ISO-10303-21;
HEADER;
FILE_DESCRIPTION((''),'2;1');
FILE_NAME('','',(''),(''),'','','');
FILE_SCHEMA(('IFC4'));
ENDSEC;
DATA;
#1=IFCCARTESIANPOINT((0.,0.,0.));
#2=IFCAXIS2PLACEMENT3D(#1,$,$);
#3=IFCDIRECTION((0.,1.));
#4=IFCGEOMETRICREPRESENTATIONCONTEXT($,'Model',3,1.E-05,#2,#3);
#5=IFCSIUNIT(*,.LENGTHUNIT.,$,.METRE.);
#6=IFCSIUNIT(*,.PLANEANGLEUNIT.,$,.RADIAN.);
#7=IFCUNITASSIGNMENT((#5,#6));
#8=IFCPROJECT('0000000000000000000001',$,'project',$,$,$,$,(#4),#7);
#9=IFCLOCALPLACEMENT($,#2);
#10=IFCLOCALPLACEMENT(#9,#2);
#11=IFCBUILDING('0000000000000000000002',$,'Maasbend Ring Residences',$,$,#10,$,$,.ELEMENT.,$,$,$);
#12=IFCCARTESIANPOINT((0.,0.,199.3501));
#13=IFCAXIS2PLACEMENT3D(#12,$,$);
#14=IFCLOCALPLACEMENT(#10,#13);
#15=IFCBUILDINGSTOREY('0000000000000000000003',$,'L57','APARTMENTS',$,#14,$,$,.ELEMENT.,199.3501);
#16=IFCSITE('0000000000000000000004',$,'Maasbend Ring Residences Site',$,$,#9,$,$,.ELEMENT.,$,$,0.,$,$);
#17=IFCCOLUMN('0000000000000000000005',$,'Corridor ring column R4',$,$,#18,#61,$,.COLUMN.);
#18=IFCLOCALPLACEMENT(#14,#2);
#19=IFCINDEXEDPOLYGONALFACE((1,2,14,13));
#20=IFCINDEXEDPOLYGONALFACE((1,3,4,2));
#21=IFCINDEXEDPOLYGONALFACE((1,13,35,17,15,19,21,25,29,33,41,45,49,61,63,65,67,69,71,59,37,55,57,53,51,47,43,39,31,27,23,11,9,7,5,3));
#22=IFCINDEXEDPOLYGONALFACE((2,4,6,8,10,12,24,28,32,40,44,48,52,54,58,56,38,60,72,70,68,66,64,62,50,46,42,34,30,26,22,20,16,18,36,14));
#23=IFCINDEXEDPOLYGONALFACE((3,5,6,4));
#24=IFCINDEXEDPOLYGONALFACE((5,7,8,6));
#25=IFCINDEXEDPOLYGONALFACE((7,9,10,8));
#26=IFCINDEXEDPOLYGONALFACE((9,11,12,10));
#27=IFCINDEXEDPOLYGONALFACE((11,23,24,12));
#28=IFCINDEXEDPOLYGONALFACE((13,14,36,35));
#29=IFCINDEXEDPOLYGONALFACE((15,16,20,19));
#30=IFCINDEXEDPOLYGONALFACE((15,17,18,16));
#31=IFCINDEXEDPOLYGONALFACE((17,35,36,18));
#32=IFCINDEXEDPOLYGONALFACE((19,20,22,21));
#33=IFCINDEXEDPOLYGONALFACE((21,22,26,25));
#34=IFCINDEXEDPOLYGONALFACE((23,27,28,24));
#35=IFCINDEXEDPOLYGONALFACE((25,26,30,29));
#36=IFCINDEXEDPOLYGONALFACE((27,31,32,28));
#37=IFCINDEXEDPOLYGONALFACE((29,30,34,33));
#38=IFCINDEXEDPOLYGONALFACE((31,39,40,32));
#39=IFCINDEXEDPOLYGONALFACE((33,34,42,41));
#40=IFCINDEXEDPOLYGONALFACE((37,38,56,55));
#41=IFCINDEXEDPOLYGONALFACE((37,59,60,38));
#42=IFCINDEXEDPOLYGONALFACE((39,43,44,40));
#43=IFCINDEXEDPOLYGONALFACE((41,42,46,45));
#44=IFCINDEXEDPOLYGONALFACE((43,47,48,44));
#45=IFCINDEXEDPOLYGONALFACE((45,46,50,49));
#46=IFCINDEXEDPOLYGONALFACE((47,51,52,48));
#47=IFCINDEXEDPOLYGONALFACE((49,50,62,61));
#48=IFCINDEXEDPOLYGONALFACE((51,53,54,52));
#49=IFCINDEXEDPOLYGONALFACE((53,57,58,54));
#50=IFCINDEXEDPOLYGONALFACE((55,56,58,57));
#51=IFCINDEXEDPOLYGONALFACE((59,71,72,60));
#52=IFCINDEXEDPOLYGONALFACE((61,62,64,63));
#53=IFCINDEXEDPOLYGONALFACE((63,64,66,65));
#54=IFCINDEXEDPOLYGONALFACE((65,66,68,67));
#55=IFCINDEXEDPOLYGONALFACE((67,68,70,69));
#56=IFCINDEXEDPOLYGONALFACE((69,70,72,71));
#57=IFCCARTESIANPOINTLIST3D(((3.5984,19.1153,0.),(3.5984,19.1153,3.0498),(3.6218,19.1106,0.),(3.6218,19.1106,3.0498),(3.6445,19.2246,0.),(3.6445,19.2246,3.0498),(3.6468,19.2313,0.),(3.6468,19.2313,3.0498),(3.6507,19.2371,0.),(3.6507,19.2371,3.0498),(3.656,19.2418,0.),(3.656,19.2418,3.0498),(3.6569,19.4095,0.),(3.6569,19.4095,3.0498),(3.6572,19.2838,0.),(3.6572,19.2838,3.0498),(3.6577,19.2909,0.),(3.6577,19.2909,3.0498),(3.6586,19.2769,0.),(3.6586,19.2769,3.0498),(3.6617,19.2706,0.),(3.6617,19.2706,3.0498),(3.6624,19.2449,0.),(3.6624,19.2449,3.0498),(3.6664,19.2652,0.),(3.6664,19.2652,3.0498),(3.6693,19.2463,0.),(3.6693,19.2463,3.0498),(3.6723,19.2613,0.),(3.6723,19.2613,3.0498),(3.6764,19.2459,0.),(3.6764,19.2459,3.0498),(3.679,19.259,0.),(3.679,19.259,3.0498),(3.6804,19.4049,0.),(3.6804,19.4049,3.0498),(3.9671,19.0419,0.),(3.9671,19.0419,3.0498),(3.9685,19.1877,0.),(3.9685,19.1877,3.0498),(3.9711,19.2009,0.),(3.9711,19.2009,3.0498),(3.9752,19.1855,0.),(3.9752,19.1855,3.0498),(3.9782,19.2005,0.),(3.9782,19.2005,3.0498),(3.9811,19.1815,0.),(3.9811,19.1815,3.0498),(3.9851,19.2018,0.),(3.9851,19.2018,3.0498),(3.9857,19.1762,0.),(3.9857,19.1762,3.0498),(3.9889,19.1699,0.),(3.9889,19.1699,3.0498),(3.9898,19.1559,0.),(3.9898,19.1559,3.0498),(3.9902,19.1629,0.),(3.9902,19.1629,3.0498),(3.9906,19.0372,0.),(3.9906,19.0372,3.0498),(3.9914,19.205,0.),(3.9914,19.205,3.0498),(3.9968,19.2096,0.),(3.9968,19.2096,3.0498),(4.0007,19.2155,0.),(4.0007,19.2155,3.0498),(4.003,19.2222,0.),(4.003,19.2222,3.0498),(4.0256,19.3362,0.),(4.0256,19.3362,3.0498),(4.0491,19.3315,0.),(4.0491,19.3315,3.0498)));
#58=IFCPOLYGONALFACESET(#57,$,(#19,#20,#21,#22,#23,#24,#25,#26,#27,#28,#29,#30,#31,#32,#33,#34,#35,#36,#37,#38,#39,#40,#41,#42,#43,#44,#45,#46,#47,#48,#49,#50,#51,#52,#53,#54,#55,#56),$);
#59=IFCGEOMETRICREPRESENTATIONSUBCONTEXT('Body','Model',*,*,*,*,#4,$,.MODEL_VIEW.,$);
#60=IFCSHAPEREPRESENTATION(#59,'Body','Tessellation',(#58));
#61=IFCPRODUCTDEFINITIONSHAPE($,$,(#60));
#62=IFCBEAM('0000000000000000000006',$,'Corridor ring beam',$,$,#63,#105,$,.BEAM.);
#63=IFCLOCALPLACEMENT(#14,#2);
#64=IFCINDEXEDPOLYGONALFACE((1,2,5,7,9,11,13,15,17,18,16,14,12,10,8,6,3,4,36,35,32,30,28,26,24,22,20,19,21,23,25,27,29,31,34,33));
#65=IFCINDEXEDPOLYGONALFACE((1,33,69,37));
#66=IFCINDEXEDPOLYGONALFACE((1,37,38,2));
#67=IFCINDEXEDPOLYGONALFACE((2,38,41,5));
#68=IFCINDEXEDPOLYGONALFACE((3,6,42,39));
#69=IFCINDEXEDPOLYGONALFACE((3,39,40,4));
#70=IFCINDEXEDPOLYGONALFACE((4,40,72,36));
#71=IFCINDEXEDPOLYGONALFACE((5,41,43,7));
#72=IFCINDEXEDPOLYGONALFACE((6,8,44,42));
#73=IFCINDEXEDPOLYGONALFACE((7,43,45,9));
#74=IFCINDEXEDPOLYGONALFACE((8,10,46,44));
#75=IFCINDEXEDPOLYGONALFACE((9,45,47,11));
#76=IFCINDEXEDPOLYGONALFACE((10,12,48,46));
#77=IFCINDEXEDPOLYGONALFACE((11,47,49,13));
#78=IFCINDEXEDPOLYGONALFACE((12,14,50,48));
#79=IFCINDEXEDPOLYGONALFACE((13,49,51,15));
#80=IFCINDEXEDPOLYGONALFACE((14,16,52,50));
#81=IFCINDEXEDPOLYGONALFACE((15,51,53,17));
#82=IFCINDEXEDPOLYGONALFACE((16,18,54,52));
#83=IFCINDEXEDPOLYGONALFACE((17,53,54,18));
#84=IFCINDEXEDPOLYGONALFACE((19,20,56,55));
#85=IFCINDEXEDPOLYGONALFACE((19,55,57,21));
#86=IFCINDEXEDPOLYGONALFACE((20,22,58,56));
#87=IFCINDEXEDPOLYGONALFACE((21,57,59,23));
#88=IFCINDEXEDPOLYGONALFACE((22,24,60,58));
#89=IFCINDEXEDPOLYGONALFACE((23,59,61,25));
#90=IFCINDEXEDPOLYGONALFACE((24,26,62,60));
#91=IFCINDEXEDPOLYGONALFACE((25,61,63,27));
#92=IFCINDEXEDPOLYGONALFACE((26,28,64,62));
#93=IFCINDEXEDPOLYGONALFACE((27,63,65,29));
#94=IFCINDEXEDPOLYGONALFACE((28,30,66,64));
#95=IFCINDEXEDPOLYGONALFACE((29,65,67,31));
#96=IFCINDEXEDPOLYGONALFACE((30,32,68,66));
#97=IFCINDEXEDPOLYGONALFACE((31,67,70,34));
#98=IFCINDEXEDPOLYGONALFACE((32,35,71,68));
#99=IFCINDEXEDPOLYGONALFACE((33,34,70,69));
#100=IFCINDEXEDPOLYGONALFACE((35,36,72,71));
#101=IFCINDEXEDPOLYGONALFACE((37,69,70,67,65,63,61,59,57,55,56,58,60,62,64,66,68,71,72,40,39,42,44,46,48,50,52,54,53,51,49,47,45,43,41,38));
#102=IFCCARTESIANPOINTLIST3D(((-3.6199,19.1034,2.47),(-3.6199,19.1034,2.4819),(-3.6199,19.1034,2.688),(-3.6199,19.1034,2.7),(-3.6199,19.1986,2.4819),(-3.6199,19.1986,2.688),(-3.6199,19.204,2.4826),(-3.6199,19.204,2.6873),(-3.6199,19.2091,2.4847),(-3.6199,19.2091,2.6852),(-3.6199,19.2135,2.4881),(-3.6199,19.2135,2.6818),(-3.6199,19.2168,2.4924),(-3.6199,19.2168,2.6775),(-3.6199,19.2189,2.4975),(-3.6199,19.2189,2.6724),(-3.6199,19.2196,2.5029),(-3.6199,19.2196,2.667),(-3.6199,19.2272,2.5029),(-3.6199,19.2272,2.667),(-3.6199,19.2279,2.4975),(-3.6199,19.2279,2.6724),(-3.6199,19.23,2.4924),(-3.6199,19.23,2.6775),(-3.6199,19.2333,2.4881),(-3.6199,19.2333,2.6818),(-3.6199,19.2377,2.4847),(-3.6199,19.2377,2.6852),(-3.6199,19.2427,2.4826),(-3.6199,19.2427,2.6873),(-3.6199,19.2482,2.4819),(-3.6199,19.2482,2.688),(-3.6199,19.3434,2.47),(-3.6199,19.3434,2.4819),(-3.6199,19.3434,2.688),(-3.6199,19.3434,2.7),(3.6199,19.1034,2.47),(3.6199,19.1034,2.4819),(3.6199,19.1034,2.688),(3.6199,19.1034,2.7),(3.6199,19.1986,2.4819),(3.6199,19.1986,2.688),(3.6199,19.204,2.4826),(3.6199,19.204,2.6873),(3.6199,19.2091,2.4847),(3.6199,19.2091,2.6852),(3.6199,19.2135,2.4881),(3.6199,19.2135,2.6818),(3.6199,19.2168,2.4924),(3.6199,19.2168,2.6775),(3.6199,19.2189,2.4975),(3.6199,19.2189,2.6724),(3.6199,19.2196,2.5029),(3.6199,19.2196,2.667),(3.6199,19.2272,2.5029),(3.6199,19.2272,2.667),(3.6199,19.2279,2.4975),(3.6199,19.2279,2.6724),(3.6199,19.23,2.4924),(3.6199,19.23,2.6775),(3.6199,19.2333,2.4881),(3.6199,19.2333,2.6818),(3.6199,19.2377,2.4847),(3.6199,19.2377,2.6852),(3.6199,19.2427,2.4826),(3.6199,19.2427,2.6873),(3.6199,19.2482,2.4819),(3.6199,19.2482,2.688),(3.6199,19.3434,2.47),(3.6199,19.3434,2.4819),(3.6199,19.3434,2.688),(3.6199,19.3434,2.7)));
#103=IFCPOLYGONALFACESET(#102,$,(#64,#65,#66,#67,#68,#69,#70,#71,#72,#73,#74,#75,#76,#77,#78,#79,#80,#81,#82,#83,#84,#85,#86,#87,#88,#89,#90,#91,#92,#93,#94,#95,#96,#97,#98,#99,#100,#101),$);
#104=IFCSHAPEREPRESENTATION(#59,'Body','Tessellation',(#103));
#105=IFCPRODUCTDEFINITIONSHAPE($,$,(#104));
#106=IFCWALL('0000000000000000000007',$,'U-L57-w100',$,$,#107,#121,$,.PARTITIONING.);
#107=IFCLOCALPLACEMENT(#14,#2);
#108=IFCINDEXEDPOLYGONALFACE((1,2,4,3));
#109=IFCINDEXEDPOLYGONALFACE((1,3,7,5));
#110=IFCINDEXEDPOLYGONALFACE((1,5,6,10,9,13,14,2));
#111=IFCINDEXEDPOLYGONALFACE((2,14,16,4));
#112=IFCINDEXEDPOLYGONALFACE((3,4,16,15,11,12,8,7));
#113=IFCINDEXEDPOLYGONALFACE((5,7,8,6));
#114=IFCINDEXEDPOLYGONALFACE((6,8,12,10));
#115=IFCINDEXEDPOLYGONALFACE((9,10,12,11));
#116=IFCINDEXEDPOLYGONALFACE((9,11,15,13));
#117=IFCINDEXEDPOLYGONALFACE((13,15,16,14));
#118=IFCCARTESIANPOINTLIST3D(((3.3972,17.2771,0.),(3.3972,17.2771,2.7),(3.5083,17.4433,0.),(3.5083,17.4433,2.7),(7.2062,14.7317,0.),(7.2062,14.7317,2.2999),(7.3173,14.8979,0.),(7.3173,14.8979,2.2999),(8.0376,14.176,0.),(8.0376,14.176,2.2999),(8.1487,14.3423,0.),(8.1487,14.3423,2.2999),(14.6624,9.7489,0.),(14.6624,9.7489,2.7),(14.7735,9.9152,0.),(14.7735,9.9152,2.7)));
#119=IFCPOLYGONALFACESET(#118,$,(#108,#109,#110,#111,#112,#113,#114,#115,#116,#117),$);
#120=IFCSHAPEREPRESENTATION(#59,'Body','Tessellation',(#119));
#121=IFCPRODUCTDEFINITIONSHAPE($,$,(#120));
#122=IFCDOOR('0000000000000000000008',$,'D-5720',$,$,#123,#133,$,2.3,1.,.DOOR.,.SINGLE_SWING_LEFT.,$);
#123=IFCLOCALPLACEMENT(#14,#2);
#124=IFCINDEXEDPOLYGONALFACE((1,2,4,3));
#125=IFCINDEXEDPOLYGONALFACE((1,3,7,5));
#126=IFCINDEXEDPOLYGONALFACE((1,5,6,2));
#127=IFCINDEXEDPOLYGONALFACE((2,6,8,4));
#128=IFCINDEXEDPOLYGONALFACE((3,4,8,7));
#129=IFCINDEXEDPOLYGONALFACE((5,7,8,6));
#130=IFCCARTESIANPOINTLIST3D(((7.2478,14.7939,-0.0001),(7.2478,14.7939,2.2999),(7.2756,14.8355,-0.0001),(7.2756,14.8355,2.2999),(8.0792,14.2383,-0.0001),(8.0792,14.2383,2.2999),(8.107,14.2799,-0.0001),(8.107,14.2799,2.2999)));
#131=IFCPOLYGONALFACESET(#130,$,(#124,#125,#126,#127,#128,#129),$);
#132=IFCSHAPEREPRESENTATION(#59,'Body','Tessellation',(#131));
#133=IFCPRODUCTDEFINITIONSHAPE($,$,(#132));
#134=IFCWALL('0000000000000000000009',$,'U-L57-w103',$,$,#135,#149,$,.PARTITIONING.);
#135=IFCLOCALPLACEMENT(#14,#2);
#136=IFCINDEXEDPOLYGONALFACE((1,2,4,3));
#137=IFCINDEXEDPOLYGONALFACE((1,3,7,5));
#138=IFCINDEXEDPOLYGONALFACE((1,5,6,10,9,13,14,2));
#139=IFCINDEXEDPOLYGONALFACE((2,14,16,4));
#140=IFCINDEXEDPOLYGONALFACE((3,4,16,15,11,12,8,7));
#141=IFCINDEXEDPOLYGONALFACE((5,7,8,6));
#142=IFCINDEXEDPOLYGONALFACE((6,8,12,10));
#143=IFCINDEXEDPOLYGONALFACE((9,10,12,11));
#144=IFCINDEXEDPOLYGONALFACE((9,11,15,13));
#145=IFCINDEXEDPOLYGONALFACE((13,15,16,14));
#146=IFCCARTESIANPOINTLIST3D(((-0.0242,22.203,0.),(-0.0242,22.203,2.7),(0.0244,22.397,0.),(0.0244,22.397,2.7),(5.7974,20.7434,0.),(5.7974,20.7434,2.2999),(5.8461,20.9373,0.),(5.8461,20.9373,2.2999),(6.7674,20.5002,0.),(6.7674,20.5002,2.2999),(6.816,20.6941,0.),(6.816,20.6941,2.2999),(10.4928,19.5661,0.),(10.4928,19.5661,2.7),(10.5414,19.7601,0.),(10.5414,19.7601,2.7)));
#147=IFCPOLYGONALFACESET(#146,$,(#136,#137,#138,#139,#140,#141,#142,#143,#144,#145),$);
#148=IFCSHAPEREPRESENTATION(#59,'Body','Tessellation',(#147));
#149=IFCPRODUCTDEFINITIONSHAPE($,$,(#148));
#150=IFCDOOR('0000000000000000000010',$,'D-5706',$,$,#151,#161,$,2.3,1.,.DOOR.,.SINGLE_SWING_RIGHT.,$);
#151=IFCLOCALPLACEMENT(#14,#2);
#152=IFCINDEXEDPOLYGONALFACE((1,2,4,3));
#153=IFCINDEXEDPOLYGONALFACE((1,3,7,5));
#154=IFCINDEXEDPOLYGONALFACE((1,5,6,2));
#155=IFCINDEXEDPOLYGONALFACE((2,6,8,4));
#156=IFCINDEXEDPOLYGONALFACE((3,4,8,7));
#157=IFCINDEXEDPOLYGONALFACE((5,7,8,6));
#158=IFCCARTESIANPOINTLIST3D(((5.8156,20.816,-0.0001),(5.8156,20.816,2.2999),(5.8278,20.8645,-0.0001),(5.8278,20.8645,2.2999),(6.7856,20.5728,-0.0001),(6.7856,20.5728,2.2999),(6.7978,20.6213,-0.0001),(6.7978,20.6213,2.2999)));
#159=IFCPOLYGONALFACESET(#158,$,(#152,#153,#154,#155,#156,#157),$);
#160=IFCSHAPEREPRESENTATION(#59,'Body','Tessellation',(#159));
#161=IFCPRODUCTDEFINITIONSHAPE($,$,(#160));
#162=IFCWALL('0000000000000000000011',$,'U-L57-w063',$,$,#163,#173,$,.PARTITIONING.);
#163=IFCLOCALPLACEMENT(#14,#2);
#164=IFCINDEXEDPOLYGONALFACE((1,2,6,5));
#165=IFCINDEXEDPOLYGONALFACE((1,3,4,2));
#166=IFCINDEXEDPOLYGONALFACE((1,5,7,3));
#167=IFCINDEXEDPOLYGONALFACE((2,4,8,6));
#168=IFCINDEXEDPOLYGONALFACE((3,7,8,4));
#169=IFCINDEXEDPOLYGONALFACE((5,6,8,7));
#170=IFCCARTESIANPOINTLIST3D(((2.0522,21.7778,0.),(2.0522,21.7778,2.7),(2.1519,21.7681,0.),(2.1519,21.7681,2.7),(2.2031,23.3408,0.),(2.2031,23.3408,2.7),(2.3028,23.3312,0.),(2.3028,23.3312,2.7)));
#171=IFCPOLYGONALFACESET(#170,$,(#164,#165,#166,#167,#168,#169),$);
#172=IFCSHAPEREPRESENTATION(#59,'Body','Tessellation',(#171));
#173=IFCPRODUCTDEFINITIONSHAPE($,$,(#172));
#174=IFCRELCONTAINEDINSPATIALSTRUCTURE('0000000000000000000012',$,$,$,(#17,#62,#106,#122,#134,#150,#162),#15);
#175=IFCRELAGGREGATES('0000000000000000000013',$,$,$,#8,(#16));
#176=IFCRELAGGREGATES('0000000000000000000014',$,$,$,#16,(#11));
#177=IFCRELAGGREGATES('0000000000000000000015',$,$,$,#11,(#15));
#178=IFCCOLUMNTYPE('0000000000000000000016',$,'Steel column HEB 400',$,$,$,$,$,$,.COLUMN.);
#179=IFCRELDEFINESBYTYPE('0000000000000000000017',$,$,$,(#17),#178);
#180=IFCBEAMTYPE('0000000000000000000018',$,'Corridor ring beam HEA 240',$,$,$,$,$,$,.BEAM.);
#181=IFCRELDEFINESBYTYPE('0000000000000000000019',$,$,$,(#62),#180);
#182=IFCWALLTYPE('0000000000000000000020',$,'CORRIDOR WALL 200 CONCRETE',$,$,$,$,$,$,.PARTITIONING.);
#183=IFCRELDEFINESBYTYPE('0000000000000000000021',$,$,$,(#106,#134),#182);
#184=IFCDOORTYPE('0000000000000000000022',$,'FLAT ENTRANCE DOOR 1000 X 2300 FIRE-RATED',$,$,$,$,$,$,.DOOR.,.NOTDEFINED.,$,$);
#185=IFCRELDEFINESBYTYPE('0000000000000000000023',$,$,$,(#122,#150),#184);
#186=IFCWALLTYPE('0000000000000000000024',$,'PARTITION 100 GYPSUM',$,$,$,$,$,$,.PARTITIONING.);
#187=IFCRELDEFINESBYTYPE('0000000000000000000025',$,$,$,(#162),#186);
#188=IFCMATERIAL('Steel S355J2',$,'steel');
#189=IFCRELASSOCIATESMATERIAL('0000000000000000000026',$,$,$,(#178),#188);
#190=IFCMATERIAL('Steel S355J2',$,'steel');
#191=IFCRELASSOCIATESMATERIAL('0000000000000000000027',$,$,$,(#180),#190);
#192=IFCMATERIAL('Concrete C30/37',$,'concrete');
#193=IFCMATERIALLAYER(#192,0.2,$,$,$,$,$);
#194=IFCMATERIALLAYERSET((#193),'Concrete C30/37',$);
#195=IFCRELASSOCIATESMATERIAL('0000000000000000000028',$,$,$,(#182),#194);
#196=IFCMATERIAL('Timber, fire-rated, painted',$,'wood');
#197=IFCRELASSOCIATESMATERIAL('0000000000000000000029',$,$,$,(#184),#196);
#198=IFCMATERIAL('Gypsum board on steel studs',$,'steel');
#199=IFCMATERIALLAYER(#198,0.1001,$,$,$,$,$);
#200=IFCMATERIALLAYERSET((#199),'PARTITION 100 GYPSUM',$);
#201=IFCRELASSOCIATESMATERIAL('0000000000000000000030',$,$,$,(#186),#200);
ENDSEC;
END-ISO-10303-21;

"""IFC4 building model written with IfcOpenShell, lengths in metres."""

from ifc_helpers import new_model, si_unit, direction, frame, frame_2d, origin, origin_2d, place, context, subcontext, project, spatial, rectangle, i_section, extrude, material, layer, layer_set, material_profile, profile_set, type_object, element, fill, save


model = new_model("IFC4")

# Units and contexts
model_context = context("Model", 3, precision=1e-05, world=origin(), true_north=direction((0.0, 1.0)))
body_context = subcontext(model_context, "Body", "Model", "MODEL_VIEW")
ifc_project = project(units=[si_unit("LENGTHUNIT", "METRE"), si_unit("PLANEANGLEUNIT", "RADIAN")], contexts=[model_context])

# Site, building, storey
site_placement = place(None, origin())
site = spatial("IfcSite", under=ifc_project, at=site_placement, Name="Maasbend Ring Residences Site", CompositionType="ELEMENT", RefElevation=0.0)
building_placement = place(site_placement, origin())
building = spatial("IfcBuilding", under=site, at=building_placement, Name="Maasbend Ring Residences", CompositionType="ELEMENT")
storey_placement = place(building_placement, frame((0.0, 0.0, 199.3501)))
storey = spatial("IfcBuildingStorey", under=building, at=storey_placement, Name="L57", Description="APARTMENTS", CompositionType="ELEMENT", Elevation=199.3501)

# Column
ifc_material_1 = material(Name="Steel S355J2", Category="steel")
ifc_material_profile_1 = material_profile(ifc_material_1, i_section(OverallWidth=0.3, OverallDepth=0.3999, WebThickness=0.0134, FlangeThickness=0.0239, FilletRadius=0.0271, at=origin_2d()), Name="HEB 400")
ifc_profile_set_1 = profile_set([ifc_material_profile_1], Name="Steel S355J2")
column_type = type_object("IfcColumnType", Name="Steel column HEB 400", PredefinedType="COLUMN", material=ifc_profile_set_1)
column_placement = place(storey_placement, frame((3.8237, 19.2234, 0.0), z_axis=(0.0, 0.0, 1.0), x_axis=(0.19509, 0.980785, 0.0)))
element("IfcColumn", 1, at=column_placement, inside=storey, type_object=column_type, Name="Corridor ring column R4", PredefinedType="COLUMN", context=body_context, shape_type="SweptSolid", body=[
    extrude(i_section(OverallWidth=0.3, OverallDepth=0.3999, WebThickness=0.0134, FlangeThickness=0.0239, FilletRadius=0.0271, at=origin_2d()), origin(), (0.0, 0.0, 1.0), 3.0498),
])

# Beam
ifc_material_2 = material(Name="Steel S355J2", Category="steel")
ifc_material_profile_2 = material_profile(ifc_material_2, i_section(OverallWidth=0.24, OverallDepth=0.23, WebThickness=0.0076, FlangeThickness=0.012, FilletRadius=0.021, at=origin_2d()), Name="HEA 240")
ifc_profile_set_2 = profile_set([ifc_material_profile_2], Name="Steel S355J2")
beam_type = type_object("IfcBeamType", Name="Corridor ring beam HEA 240", PredefinedType="BEAM", material=ifc_profile_set_2)
beam_placement = place(storey_placement, frame((3.6199, 19.2234, 2.585), z_axis=(-1.0, 0.0, 0.0), x_axis=(0.0, -1.0, 0.0)))
element("IfcBeam", 2, at=beam_placement, inside=storey, type_object=beam_type, Name="Corridor ring beam", PredefinedType="BEAM", context=body_context, shape_type="SweptSolid", body=[
    extrude(i_section(OverallWidth=0.24, OverallDepth=0.23, WebThickness=0.0076, FlangeThickness=0.012, FilletRadius=0.021, at=origin_2d()), origin(), (0.0, 0.0, 1.0), 7.2397),
])

# Walls, openings, doors
ifc_material_3 = material(Name="Concrete C30/37", Category="concrete")
ifc_layer_1 = layer(ifc_material_3, 0.2)
ifc_layer_set_1 = layer_set([ifc_layer_1], Name="Concrete C30/37")
wall_type_1 = type_object("IfcWallType", Name="CORRIDOR WALL 200 CONCRETE", PredefinedType="PARTITIONING", material=ifc_layer_set_1)
wall_1_placement = place(storey_placement, frame((3.4529, 17.3601, 0.0), z_axis=(0.0, 0.0, 1.0), x_axis=(0.831437, -0.555619, 0.0)))
wall_1 = element("IfcWall", 3, at=wall_1_placement, inside=storey, type_object=wall_type_1, Name="U-L57-w100", PredefinedType="PARTITIONING", context=body_context, shape_type="SweptSolid", body=[
    extrude(rectangle(XDim=13.5491, YDim=0.2, at=frame_2d((6.7744, 0.0))), origin(), (0.0, 0.0, 1.0), 2.7),
])
opening_1_placement = place(wall_1_placement, frame((4.5811, 0.0, 0.0)))
opening_1 = element("IfcOpeningElement", 4, at=opening_1_placement, cuts=wall_1, PredefinedType="OPENING", context=body_context, shape_type="SweptSolid", body=[
    extrude(rectangle(XDim=1.0, YDim=2.3, at=frame_2d((0.5, 1.1499))), frame((0.0, 0.1099, 0.0), z_axis=(0.0, -1.0, 0.0), x_axis=(1.0, 0.0, 0.0)), (0.0, 0.0, 1.0), 0.22),
])
ifc_material_4 = material(Name="Timber, fire-rated, painted", Category="wood")
door_type_1 = type_object("IfcDoorType", Name="FLAT ENTRANCE DOOR 1000 X 2300 FIRE-RATED", OperationType="NOTDEFINED", PredefinedType="DOOR", material=ifc_material_4)
door_1_placement = place(opening_1_placement, origin())
door_1 = element("IfcDoor", 5, at=door_1_placement, inside=storey, type_object=door_type_1, Name="D-5720", OperationType="SINGLE_SWING_LEFT", OverallHeight=2.3, OverallWidth=1.0, PredefinedType="DOOR", context=body_context, shape_type="SweptSolid", body=[
    extrude(rectangle(XDim=1.0, YDim=2.3, at=frame_2d((0.5, 1.1499))), frame((0.0, 0.0249, 0.0), z_axis=(0.0, -1.0, 0.0), x_axis=(1.0, 0.0, 0.0)), (0.0, 0.0, 1.0), 0.05),
])
fill(opening_1, door_1)
wall_2_placement = place(storey_placement, frame((0.0, 22.3, 0.0), z_axis=(0.0, 0.0, 1.0), x_axis=(0.969975, -0.243203, 0.0)))
wall_2 = element("IfcWall", 6, at=wall_2_placement, inside=storey, type_object=wall_type_1, Name="U-L57-w103", PredefinedType="PARTITIONING", context=body_context, shape_type="SweptSolid", body=[
    extrude(rectangle(XDim=10.8425, YDim=0.2, at=frame_2d((5.4214, 0.0))), origin(), (0.0, 0.0, 1.0), 2.7),
])
opening_2_placement = place(wall_2_placement, frame((6.002, 0.0, 0.0)))
opening_2 = element("IfcOpeningElement", 7, at=opening_2_placement, cuts=wall_2, PredefinedType="OPENING", context=body_context, shape_type="SweptSolid", body=[
    extrude(rectangle(XDim=1.0, YDim=2.3, at=frame_2d((0.5, 1.1499))), frame((0.0, 0.1099, 0.0), z_axis=(0.0, -1.0, 0.0), x_axis=(1.0, 0.0, 0.0)), (0.0, 0.0, 1.0), 0.22),
])
door_2_placement = place(opening_2_placement, origin())
door_2 = element("IfcDoor", 8, at=door_2_placement, inside=storey, type_object=door_type_1, Name="D-5706", OperationType="SINGLE_SWING_RIGHT", OverallHeight=2.3, OverallWidth=1.0, PredefinedType="DOOR", context=body_context, shape_type="SweptSolid", body=[
    extrude(rectangle(XDim=1.0, YDim=2.3, at=frame_2d((0.5, 1.1499))), frame((0.0, 0.0249, 0.0), z_axis=(0.0, -1.0, 0.0), x_axis=(1.0, 0.0, 0.0)), (0.0, 0.0, 1.0), 0.05),
])
fill(opening_2, door_2)

# Wall
ifc_material_5 = material(Name="Gypsum board on steel studs", Category="steel")
ifc_layer_2 = layer(ifc_material_5, 0.1001)
ifc_layer_set_2 = layer_set([ifc_layer_2], Name="PARTITION 100 GYPSUM")
wall_type_2 = type_object("IfcWallType", Name="PARTITION 100 GYPSUM", PredefinedType="PARTITIONING", material=ifc_layer_set_2)
wall_3_placement = place(storey_placement, frame((2.1021, 21.7729, 0.0), z_axis=(0.0, 0.0, 1.0), x_axis=(0.096086, 0.995373, 0.0)))
element("IfcWall", 9, at=wall_3_placement, inside=storey, type_object=wall_type_2, Name="U-L57-w063", PredefinedType="PARTITIONING", context=body_context, shape_type="SweptSolid", body=[
    extrude(rectangle(XDim=1.5703, YDim=0.1001, at=frame_2d((0.7852, 0.0))), origin(), (0.0, 0.0, 1.0), 2.7),
])

save(model, "model.ifc")
